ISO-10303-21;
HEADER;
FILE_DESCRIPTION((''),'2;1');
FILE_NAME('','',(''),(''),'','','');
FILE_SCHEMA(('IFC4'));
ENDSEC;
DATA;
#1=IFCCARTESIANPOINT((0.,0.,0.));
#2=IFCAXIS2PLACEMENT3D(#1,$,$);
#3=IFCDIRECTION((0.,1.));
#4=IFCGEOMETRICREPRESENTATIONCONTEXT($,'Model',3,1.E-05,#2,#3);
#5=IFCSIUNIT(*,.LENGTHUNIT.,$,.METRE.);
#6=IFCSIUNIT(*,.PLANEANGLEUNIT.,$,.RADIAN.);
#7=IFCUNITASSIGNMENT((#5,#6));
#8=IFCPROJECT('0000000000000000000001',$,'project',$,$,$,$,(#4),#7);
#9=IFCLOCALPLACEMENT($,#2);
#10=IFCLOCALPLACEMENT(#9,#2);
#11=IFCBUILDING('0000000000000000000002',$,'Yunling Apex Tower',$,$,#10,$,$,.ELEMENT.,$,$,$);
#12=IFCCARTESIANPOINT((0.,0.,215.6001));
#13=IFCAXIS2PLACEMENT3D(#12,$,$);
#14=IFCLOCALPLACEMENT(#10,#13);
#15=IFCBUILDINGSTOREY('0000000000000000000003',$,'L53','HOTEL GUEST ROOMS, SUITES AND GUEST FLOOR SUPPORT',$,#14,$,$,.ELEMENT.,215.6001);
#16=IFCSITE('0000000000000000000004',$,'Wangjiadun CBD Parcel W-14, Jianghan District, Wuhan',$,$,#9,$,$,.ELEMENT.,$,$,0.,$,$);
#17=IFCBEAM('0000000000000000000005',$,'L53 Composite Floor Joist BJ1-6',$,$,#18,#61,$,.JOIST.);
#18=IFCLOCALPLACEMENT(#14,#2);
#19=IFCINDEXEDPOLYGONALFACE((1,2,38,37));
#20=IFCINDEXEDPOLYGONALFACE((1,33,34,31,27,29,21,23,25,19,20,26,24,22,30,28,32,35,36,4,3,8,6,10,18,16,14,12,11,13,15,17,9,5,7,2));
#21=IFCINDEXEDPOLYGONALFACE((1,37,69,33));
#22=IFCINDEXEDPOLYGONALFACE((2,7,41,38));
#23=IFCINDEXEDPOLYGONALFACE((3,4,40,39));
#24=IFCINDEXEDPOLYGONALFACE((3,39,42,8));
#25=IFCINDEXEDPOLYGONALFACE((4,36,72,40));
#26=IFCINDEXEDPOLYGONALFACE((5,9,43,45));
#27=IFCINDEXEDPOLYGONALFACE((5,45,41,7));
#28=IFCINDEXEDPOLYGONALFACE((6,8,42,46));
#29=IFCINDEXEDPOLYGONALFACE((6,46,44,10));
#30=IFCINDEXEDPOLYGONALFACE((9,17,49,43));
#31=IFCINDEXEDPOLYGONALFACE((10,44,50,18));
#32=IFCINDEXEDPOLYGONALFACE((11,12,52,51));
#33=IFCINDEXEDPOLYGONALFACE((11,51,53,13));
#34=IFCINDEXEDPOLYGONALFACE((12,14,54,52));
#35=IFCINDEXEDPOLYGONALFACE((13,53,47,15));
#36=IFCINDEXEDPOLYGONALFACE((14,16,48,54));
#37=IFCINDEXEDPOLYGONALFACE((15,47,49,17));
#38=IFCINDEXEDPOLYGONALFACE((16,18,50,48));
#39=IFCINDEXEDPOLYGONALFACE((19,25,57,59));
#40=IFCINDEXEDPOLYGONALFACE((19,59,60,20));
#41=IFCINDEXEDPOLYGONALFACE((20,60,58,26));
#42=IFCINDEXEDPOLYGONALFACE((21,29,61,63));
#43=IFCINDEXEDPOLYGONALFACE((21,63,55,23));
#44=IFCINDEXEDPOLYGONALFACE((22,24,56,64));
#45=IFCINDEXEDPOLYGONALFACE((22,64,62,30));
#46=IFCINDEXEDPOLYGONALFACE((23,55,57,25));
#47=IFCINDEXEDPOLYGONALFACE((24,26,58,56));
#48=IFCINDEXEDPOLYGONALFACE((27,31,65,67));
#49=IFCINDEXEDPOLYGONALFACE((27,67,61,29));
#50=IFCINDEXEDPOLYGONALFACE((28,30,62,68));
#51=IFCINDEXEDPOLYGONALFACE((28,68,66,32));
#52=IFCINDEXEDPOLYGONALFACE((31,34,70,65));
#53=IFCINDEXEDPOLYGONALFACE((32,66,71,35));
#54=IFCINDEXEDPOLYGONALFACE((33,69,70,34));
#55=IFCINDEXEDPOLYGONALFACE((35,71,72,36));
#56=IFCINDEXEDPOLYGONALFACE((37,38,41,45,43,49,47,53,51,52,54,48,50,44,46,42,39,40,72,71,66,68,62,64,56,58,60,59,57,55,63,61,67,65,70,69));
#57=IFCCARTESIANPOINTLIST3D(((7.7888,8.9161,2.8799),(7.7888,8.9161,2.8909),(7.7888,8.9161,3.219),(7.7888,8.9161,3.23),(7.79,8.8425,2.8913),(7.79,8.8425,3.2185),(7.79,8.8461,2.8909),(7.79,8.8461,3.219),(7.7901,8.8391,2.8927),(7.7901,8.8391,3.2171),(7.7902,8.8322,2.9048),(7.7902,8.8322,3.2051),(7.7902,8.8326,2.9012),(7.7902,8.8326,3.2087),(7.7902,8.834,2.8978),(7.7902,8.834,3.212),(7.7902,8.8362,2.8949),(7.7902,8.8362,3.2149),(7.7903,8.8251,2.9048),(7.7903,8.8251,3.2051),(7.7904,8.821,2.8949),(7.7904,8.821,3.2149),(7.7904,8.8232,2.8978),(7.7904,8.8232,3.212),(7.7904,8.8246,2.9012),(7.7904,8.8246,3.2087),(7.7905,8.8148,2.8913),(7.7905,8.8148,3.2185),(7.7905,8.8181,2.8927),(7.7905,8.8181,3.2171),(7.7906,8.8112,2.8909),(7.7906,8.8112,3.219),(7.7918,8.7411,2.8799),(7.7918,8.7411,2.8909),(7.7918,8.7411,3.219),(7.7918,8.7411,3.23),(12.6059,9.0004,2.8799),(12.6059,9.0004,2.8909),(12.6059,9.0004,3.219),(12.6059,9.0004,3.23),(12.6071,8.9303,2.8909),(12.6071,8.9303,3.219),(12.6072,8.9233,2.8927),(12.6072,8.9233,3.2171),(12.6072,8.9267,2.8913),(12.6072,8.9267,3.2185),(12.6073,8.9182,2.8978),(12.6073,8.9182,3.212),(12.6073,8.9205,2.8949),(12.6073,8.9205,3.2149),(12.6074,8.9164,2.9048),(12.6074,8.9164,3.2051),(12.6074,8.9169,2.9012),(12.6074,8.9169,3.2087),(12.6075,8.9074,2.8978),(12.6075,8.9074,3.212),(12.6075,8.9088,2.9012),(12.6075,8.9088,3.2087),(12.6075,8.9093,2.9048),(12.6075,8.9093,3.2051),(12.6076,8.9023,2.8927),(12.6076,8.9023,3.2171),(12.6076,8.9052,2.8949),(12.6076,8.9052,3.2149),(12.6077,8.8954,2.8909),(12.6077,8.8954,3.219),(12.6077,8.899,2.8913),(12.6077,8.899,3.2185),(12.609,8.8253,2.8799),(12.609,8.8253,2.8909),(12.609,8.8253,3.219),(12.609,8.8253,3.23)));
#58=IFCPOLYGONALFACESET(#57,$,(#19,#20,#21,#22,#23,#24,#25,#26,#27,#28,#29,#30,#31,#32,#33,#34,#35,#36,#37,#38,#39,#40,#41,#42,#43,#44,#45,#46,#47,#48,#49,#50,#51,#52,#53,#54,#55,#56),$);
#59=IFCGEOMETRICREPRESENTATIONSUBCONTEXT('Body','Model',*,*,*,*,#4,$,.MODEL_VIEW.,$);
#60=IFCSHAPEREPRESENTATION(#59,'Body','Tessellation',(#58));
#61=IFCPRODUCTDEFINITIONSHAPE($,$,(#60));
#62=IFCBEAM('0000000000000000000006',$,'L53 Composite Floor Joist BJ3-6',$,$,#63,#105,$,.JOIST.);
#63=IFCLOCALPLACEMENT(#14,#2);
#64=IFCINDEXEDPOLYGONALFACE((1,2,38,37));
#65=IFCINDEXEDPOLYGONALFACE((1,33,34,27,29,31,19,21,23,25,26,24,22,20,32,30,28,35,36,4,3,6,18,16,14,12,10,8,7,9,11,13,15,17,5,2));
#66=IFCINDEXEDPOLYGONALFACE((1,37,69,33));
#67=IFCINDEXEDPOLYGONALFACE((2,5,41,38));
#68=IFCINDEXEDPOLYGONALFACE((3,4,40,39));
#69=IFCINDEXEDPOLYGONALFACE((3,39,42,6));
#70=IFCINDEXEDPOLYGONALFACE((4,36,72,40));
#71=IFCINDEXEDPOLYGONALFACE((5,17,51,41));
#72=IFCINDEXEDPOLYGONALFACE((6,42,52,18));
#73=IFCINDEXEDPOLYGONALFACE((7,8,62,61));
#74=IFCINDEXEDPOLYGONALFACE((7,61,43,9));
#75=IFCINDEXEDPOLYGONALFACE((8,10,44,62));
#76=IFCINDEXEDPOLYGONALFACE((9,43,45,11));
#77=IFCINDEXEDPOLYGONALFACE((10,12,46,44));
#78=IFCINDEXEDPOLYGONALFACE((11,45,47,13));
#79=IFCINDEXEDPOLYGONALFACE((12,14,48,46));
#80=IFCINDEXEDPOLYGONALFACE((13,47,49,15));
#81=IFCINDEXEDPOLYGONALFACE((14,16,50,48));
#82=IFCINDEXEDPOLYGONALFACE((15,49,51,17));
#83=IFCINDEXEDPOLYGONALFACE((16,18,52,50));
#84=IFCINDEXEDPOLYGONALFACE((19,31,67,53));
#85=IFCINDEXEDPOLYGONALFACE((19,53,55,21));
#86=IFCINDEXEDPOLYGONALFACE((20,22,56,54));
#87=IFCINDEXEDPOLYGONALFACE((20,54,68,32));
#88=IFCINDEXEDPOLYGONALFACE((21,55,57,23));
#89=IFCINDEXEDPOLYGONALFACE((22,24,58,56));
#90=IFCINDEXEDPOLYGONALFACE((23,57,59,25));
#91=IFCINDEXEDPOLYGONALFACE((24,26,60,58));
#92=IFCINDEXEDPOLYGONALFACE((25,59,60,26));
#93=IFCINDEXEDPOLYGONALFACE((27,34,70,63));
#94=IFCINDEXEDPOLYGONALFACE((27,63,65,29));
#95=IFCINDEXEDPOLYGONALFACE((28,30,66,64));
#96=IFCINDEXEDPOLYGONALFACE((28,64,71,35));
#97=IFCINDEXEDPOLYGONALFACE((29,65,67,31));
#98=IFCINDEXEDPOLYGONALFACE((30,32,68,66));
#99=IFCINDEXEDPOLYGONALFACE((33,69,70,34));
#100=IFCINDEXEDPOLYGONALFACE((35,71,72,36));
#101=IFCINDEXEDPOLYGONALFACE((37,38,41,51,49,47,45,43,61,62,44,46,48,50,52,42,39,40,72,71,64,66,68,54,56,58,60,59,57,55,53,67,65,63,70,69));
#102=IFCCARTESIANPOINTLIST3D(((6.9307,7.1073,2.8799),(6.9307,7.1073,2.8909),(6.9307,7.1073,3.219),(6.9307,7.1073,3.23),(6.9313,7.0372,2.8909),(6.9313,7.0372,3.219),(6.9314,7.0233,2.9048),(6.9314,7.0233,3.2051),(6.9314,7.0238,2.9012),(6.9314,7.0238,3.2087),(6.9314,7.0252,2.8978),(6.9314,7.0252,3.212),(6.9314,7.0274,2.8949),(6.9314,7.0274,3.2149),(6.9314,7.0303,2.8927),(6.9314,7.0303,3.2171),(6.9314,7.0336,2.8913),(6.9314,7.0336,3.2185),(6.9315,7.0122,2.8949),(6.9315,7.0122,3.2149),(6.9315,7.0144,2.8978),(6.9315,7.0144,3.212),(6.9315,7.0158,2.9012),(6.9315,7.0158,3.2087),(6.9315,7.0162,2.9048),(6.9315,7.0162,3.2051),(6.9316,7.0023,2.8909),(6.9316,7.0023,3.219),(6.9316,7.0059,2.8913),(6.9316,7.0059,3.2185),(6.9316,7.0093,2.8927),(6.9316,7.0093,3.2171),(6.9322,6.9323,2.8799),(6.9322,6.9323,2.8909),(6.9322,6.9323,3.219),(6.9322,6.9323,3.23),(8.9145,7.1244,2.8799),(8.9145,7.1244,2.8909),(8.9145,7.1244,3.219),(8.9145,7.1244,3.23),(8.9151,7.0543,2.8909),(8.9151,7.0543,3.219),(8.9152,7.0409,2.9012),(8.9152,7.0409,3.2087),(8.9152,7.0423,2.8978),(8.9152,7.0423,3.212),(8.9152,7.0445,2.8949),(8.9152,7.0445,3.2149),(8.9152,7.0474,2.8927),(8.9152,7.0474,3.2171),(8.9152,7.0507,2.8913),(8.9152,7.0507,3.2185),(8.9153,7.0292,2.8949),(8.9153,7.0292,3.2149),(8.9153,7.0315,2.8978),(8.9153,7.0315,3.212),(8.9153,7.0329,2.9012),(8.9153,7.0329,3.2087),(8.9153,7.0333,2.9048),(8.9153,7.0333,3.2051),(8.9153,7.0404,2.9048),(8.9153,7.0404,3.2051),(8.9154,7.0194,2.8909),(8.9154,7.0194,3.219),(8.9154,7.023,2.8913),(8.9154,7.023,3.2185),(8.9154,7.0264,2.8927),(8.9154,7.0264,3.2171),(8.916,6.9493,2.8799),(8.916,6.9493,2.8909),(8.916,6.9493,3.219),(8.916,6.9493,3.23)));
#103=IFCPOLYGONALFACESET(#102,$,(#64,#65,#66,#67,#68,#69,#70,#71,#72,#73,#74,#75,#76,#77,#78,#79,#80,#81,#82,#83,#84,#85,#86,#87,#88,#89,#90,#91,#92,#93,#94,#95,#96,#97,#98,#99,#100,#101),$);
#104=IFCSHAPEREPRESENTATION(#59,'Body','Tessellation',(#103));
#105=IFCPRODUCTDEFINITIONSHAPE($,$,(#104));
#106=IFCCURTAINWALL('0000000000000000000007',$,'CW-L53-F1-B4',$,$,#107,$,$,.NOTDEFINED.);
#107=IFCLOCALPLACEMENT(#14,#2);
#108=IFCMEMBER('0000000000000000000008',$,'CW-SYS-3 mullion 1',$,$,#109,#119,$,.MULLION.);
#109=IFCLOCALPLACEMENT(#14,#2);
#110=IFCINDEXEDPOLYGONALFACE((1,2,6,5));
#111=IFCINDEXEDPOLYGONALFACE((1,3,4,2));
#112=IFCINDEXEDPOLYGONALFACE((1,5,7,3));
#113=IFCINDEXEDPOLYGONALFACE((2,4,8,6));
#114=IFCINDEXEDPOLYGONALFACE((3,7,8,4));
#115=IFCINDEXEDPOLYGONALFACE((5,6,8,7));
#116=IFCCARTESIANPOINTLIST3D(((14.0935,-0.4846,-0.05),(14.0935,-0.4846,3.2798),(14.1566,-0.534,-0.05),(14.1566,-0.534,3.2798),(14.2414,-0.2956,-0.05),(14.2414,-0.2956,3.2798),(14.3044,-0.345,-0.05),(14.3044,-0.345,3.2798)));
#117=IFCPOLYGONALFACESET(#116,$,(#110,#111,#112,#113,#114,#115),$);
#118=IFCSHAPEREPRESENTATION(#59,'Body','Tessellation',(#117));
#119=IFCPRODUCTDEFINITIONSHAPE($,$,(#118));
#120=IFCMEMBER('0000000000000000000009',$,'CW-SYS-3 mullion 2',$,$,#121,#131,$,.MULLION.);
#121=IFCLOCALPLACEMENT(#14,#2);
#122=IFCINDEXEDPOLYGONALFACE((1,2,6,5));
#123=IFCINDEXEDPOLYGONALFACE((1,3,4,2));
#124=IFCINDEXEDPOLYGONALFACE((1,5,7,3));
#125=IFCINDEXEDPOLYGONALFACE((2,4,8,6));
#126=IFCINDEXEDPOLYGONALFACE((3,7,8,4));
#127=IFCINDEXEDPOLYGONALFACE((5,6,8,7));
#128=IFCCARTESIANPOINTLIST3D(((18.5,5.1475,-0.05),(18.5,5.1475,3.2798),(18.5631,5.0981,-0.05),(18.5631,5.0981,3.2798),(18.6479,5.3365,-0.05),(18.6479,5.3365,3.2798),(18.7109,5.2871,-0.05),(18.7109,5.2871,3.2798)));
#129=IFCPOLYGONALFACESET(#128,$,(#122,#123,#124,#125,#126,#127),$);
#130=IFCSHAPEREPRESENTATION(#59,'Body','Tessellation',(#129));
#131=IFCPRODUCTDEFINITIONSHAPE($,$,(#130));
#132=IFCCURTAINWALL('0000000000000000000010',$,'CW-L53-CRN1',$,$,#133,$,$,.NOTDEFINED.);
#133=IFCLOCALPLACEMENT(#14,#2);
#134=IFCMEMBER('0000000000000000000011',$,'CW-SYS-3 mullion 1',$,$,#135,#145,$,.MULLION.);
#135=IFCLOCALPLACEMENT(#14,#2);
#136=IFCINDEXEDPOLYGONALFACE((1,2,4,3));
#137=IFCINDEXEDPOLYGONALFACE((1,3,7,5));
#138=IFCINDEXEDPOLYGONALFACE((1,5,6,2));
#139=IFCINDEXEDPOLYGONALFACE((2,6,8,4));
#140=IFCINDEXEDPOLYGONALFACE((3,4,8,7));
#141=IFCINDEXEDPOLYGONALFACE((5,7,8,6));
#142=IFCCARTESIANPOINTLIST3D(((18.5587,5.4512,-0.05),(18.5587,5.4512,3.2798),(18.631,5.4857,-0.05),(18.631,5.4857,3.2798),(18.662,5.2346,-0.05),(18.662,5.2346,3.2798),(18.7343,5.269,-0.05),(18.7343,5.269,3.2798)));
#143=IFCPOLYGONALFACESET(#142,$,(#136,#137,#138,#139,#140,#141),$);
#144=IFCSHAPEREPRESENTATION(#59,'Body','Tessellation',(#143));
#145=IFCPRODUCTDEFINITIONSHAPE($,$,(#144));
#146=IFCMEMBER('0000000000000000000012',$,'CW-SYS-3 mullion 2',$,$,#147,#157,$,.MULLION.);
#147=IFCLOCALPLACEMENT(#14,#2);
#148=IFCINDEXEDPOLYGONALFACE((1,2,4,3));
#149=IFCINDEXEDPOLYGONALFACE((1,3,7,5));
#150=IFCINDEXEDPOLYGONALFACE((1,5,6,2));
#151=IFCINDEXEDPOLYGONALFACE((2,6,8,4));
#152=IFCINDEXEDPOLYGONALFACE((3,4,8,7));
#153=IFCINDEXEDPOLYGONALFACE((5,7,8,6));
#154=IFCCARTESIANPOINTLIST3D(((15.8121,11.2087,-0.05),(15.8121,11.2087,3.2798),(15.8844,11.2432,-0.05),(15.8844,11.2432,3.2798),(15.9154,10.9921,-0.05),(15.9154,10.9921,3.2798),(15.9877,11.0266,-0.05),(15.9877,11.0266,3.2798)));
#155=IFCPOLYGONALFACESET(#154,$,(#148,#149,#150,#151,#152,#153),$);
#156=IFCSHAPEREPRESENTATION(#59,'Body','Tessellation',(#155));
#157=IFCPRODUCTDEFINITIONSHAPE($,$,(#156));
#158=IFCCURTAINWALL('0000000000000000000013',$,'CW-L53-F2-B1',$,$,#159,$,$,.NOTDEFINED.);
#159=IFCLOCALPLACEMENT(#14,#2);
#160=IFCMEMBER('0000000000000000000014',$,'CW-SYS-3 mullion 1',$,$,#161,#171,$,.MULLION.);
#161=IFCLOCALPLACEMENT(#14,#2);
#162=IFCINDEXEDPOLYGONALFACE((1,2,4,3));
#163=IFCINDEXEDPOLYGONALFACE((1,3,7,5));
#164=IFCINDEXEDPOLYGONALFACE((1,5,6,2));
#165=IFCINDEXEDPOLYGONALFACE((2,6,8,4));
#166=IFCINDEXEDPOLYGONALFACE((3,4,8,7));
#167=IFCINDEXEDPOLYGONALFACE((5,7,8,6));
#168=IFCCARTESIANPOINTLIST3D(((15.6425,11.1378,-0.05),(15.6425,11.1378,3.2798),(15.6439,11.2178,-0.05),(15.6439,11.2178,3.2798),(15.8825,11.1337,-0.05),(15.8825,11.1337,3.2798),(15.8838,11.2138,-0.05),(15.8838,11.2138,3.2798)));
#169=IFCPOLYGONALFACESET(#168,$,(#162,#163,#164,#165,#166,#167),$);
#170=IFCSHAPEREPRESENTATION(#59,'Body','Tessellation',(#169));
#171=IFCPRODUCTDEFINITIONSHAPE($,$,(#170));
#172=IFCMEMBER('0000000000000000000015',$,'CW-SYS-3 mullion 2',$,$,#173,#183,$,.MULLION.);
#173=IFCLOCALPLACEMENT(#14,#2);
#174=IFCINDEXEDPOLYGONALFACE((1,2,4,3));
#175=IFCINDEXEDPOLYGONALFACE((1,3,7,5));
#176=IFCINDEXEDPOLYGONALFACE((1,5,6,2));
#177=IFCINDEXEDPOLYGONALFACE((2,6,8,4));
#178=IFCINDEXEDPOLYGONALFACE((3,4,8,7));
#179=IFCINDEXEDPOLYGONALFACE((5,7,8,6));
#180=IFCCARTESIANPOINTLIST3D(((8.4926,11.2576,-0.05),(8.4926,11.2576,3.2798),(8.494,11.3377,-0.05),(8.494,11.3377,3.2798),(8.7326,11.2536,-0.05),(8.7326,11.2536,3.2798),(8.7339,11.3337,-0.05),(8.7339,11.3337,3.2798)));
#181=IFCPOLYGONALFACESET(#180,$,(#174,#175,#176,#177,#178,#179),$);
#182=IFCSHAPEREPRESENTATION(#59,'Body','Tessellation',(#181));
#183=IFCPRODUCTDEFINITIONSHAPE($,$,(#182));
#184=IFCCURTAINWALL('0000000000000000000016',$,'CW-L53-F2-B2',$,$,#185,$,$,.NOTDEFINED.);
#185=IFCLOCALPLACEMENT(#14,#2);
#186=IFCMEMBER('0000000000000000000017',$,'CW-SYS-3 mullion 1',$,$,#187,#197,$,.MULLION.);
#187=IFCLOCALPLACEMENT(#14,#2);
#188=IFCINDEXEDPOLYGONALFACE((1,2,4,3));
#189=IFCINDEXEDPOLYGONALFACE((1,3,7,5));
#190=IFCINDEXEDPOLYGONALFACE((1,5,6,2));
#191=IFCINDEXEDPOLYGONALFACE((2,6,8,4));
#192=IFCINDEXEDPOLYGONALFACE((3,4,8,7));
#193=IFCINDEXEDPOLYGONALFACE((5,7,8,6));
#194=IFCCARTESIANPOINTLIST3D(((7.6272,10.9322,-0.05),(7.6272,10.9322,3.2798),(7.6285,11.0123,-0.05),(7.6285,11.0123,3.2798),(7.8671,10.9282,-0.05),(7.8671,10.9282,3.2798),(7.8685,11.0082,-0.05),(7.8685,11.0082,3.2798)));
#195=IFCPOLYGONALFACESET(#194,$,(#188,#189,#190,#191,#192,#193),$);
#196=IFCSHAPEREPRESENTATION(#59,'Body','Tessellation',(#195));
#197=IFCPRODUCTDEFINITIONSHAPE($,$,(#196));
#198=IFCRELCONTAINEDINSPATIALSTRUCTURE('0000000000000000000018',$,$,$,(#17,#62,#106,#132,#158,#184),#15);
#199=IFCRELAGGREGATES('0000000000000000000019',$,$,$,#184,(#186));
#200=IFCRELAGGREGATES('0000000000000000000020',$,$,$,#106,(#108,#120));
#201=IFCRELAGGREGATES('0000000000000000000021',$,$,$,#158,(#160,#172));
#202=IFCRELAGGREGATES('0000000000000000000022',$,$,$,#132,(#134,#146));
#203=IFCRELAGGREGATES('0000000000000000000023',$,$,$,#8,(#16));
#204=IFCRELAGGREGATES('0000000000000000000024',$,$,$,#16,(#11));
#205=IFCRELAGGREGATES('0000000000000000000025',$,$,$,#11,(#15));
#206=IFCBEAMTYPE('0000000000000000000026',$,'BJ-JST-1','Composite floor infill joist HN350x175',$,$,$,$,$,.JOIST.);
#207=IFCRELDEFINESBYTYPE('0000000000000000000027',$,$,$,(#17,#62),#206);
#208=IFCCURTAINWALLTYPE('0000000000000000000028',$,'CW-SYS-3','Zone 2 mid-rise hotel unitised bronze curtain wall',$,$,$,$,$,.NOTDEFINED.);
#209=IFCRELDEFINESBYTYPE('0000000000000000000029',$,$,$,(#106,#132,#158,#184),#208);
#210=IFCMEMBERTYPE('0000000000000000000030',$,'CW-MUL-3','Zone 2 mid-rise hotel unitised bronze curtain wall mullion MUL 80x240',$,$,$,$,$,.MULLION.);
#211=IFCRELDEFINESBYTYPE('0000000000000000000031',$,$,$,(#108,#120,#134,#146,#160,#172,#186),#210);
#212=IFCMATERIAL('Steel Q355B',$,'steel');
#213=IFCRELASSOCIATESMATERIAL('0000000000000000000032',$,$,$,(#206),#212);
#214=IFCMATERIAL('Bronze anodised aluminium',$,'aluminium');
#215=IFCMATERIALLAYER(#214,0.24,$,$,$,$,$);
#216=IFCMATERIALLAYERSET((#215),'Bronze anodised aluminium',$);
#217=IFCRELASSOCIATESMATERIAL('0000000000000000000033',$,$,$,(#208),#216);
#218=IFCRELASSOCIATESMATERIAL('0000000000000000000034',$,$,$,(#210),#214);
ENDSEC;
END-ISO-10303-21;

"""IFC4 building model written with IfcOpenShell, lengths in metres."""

from ifc_helpers import new_model, si_unit, direction, frame, origin, origin_2d, place, context, subcontext, project, spatial, rectangle, i_section, extrude, source, transform, mapped, material, layer, layer_set, material_profile, profile_set, type_object, element, aggregate, save


model = new_model("IFC4")

# Units and contexts
model_context = context("Model", 3, precision=1e-05, world=origin(), true_north=direction((0.0, 1.0)))
body_context = subcontext(model_context, "Body", "Model", "MODEL_VIEW")
ifc_project = project(units=[si_unit("LENGTHUNIT", "METRE"), si_unit("PLANEANGLEUNIT", "RADIAN")], contexts=[model_context])

# Site, building, storey
site_placement = place(None, origin())
site = spatial("IfcSite", under=ifc_project, at=site_placement, Name="Wangjiadun CBD Parcel W-14, Jianghan District, Wuhan", CompositionType="ELEMENT", RefElevation=0.0)
building_placement = place(site_placement, origin())
building = spatial("IfcBuilding", under=site, at=building_placement, Name="Yunling Apex Tower", CompositionType="ELEMENT")
storey_placement = place(building_placement, frame((0.0, 0.0, 215.6001)))
storey = spatial("IfcBuildingStorey", under=building, at=storey_placement, Name="L53", Description="HOTEL GUEST ROOMS, SUITES AND GUEST FLOOR SUPPORT", CompositionType="ELEMENT", Elevation=215.6001)

# Beams
ifc_material_1 = material(Name="Steel Q355B", Category="steel")
ifc_material_profile_1 = material_profile(ifc_material_1, i_section(OverallWidth=0.175, OverallDepth=0.3501, WebThickness=0.0071, FlangeThickness=0.011, FilletRadius=0.0139, at=origin_2d()))
ifc_profile_set_1 = profile_set([ifc_material_profile_1], Name="Steel Q355B")
beam_type_1 = type_object("IfcBeamType", Name="BJ-JST-1", Description="Composite floor infill joist HN350x175", PredefinedType="JOIST", material=ifc_profile_set_1)
shared_shape_1 = source(origin(), body_context, "Body", "SweptSolid", [
    extrude(i_section(OverallWidth=0.175, OverallDepth=0.3501, WebThickness=0.0071, FlangeThickness=0.011, FilletRadius=0.0139, at=origin_2d()), origin(), (0.0, 0.0, 1.0), 4.8179),
])
beam_1_placement = place(storey_placement, frame((12.6074, 8.9128, 3.0549), z_axis=(-0.999847, -0.017483, 0.0), x_axis=(0.017483, -0.999847, 0.0)))
element("IfcBeam", 1, at=beam_1_placement, inside=storey, type_object=beam_type_1, Name="L53 Composite Floor Joist BJ1-6", PredefinedType="JOIST", context=body_context, shape_type="MappedRepresentation", body=[
    mapped(shared_shape_1, transform((0.0, 0.0, 0.0), scale=1.0)),
])
shared_shape_2 = source(origin(), body_context, "Body", "SweptSolid", [
    extrude(i_section(OverallWidth=0.175, OverallDepth=0.3501, WebThickness=0.0071, FlangeThickness=0.011, FilletRadius=0.0139, at=origin_2d()), origin(), (0.0, 0.0, 1.0), 1.9839),
])
beam_2_placement = place(storey_placement, frame((8.9153, 7.0369, 3.0549), z_axis=(-0.999963, -0.008614, 0.0), x_axis=(0.008614, -0.999963, 0.0)))
element("IfcBeam", 2, at=beam_2_placement, inside=storey, type_object=beam_type_1, Name="L53 Composite Floor Joist BJ3-6", PredefinedType="JOIST", context=body_context, shape_type="MappedRepresentation", body=[
    mapped(shared_shape_2, transform((0.0, 0.0, 0.0), scale=1.0)),
])

# Curtain walls, members
ifc_material_2 = material(Name="Bronze anodised aluminium", Category="aluminium")
ifc_layer_1 = layer(ifc_material_2, 0.24)
ifc_layer_set_1 = layer_set([ifc_layer_1], Name="Bronze anodised aluminium")
curtain_wall_type = type_object("IfcCurtainWallType", Name="CW-SYS-3", Description="Zone 2 mid-rise hotel unitised bronze curtain wall", PredefinedType="NOTDEFINED", material=ifc_layer_set_1)
curtain_wall_1_placement = place(storey_placement, origin())
curtain_wall_1 = element("IfcCurtainWall", 3, at=curtain_wall_1_placement, inside=storey, type_object=curtain_wall_type, Name="CW-L53-F1-B4", PredefinedType="NOTDEFINED")
ifc_material_profile_2 = material_profile(ifc_material_2, rectangle(XDim=0.0801, YDim=0.24, at=origin_2d()))
ifc_profile_set_2 = profile_set([ifc_material_profile_2], Name="Bronze anodised aluminium")
member_type_1 = type_object("IfcMemberType", Name="CW-MUL-3", Description="Zone 2 mid-rise hotel unitised bronze curtain wall mullion MUL 80x240", PredefinedType="MULLION", material=ifc_profile_set_2)
shared_shape_3 = source(origin(), body_context, "Body", "SweptSolid", [
    extrude(rectangle(XDim=0.0801, YDim=0.24, at=origin_2d()), origin(), (0.0, 0.0, 1.0), 3.3298),
])
member_1_placement = place(storey_placement, frame((14.199, -0.4148, -0.05), z_axis=(0.0, 0.0, 1.0), x_axis=(-0.787589, 0.6162, 0.0)))
member_1 = element("IfcMember", 4, at=member_1_placement, type_object=member_type_1, Name="CW-SYS-3 mullion 1", PredefinedType="MULLION", context=body_context, shape_type="MappedRepresentation", body=[
    mapped(shared_shape_3, transform((0.0, 0.0, 0.0), scale=1.0)),
])
member_2_placement = place(storey_placement, frame((18.6055, 5.2173, -0.05), z_axis=(0.0, 0.0, 1.0), x_axis=(-0.787589, 0.6162, 0.0)))
member_2 = element("IfcMember", 5, at=member_2_placement, type_object=member_type_1, Name="CW-SYS-3 mullion 2", PredefinedType="MULLION", context=body_context, shape_type="MappedRepresentation", body=[
    mapped(shared_shape_3, transform((0.0, 0.0, 0.0), scale=1.0)),
])
curtain_wall_2_placement = place(storey_placement, origin())
curtain_wall_2 = element("IfcCurtainWall", 6, at=curtain_wall_2_placement, inside=storey, type_object=curtain_wall_type, Name="CW-L53-CRN1", PredefinedType="NOTDEFINED")
member_3_placement = place(storey_placement, frame((18.6465, 5.3601, -0.05), z_axis=(0.0, 0.0, 1.0), x_axis=(-0.902578, -0.430527, 0.0)))
member_3 = element("IfcMember", 7, at=member_3_placement, type_object=member_type_1, Name="CW-SYS-3 mullion 1", PredefinedType="MULLION", context=body_context, shape_type="MappedRepresentation", body=[
    mapped(shared_shape_3, transform((0.0, 0.0, 0.0), scale=1.0)),
])
member_4_placement = place(storey_placement, frame((15.8999, 11.1177, -0.05), z_axis=(0.0, 0.0, 1.0), x_axis=(-0.902578, -0.430527, 0.0)))
member_4 = element("IfcMember", 8, at=member_4_placement, type_object=member_type_1, Name="CW-SYS-3 mullion 2", PredefinedType="MULLION", context=body_context, shape_type="MappedRepresentation", body=[
    mapped(shared_shape_3, transform((0.0, 0.0, 0.0), scale=1.0)),
])
curtain_wall_3_placement = place(storey_placement, origin())
curtain_wall_3 = element("IfcCurtainWall", 9, at=curtain_wall_3_placement, inside=storey, type_object=curtain_wall_type, Name="CW-L53-F2-B1", PredefinedType="NOTDEFINED")
member_5_placement = place(storey_placement, frame((15.7632, 11.1758, -0.05), z_axis=(0.0, 0.0, 1.0), x_axis=(-0.016761, -0.99986, 0.0)))
member_5 = element("IfcMember", 10, at=member_5_placement, type_object=member_type_1, Name="CW-SYS-3 mullion 1", PredefinedType="MULLION", context=body_context, shape_type="MappedRepresentation", body=[
    mapped(shared_shape_3, transform((0.0, 0.0, 0.0), scale=1.0)),
])
member_6_placement = place(storey_placement, frame((8.6133, 11.2957, -0.05), z_axis=(0.0, 0.0, 1.0), x_axis=(-0.016761, -0.99986, 0.0)))
member_6 = element("IfcMember", 11, at=member_6_placement, type_object=member_type_1, Name="CW-SYS-3 mullion 2", PredefinedType="MULLION", context=body_context, shape_type="MappedRepresentation", body=[
    mapped(shared_shape_3, transform((0.0, 0.0, 0.0), scale=1.0)),
])

# Curtain wall, member
curtain_wall_4_placement = place(storey_placement, origin())
curtain_wall_4 = element("IfcCurtainWall", 12, at=curtain_wall_4_placement, inside=storey, type_object=curtain_wall_type, Name="CW-L53-F2-B2", PredefinedType="NOTDEFINED")
member_7_placement = place(storey_placement, frame((7.7478, 10.9702, -0.05), z_axis=(0.0, 0.0, 1.0), x_axis=(-0.016759, -0.99986, 0.0)))
member_7 = element("IfcMember", 13, at=member_7_placement, type_object=member_type_1, Name="CW-SYS-3 mullion 1", PredefinedType="MULLION", context=body_context, shape_type="MappedRepresentation", body=[
    mapped(shared_shape_3, transform((0.0, 0.0, 0.0), scale=1.0)),
])
aggregate(curtain_wall_4, [member_7])

aggregate(curtain_wall_1, [member_1, member_2])
aggregate(curtain_wall_3, [member_5, member_6])
aggregate(curtain_wall_2, [member_3, member_4])

save(model, "model.ifc")
